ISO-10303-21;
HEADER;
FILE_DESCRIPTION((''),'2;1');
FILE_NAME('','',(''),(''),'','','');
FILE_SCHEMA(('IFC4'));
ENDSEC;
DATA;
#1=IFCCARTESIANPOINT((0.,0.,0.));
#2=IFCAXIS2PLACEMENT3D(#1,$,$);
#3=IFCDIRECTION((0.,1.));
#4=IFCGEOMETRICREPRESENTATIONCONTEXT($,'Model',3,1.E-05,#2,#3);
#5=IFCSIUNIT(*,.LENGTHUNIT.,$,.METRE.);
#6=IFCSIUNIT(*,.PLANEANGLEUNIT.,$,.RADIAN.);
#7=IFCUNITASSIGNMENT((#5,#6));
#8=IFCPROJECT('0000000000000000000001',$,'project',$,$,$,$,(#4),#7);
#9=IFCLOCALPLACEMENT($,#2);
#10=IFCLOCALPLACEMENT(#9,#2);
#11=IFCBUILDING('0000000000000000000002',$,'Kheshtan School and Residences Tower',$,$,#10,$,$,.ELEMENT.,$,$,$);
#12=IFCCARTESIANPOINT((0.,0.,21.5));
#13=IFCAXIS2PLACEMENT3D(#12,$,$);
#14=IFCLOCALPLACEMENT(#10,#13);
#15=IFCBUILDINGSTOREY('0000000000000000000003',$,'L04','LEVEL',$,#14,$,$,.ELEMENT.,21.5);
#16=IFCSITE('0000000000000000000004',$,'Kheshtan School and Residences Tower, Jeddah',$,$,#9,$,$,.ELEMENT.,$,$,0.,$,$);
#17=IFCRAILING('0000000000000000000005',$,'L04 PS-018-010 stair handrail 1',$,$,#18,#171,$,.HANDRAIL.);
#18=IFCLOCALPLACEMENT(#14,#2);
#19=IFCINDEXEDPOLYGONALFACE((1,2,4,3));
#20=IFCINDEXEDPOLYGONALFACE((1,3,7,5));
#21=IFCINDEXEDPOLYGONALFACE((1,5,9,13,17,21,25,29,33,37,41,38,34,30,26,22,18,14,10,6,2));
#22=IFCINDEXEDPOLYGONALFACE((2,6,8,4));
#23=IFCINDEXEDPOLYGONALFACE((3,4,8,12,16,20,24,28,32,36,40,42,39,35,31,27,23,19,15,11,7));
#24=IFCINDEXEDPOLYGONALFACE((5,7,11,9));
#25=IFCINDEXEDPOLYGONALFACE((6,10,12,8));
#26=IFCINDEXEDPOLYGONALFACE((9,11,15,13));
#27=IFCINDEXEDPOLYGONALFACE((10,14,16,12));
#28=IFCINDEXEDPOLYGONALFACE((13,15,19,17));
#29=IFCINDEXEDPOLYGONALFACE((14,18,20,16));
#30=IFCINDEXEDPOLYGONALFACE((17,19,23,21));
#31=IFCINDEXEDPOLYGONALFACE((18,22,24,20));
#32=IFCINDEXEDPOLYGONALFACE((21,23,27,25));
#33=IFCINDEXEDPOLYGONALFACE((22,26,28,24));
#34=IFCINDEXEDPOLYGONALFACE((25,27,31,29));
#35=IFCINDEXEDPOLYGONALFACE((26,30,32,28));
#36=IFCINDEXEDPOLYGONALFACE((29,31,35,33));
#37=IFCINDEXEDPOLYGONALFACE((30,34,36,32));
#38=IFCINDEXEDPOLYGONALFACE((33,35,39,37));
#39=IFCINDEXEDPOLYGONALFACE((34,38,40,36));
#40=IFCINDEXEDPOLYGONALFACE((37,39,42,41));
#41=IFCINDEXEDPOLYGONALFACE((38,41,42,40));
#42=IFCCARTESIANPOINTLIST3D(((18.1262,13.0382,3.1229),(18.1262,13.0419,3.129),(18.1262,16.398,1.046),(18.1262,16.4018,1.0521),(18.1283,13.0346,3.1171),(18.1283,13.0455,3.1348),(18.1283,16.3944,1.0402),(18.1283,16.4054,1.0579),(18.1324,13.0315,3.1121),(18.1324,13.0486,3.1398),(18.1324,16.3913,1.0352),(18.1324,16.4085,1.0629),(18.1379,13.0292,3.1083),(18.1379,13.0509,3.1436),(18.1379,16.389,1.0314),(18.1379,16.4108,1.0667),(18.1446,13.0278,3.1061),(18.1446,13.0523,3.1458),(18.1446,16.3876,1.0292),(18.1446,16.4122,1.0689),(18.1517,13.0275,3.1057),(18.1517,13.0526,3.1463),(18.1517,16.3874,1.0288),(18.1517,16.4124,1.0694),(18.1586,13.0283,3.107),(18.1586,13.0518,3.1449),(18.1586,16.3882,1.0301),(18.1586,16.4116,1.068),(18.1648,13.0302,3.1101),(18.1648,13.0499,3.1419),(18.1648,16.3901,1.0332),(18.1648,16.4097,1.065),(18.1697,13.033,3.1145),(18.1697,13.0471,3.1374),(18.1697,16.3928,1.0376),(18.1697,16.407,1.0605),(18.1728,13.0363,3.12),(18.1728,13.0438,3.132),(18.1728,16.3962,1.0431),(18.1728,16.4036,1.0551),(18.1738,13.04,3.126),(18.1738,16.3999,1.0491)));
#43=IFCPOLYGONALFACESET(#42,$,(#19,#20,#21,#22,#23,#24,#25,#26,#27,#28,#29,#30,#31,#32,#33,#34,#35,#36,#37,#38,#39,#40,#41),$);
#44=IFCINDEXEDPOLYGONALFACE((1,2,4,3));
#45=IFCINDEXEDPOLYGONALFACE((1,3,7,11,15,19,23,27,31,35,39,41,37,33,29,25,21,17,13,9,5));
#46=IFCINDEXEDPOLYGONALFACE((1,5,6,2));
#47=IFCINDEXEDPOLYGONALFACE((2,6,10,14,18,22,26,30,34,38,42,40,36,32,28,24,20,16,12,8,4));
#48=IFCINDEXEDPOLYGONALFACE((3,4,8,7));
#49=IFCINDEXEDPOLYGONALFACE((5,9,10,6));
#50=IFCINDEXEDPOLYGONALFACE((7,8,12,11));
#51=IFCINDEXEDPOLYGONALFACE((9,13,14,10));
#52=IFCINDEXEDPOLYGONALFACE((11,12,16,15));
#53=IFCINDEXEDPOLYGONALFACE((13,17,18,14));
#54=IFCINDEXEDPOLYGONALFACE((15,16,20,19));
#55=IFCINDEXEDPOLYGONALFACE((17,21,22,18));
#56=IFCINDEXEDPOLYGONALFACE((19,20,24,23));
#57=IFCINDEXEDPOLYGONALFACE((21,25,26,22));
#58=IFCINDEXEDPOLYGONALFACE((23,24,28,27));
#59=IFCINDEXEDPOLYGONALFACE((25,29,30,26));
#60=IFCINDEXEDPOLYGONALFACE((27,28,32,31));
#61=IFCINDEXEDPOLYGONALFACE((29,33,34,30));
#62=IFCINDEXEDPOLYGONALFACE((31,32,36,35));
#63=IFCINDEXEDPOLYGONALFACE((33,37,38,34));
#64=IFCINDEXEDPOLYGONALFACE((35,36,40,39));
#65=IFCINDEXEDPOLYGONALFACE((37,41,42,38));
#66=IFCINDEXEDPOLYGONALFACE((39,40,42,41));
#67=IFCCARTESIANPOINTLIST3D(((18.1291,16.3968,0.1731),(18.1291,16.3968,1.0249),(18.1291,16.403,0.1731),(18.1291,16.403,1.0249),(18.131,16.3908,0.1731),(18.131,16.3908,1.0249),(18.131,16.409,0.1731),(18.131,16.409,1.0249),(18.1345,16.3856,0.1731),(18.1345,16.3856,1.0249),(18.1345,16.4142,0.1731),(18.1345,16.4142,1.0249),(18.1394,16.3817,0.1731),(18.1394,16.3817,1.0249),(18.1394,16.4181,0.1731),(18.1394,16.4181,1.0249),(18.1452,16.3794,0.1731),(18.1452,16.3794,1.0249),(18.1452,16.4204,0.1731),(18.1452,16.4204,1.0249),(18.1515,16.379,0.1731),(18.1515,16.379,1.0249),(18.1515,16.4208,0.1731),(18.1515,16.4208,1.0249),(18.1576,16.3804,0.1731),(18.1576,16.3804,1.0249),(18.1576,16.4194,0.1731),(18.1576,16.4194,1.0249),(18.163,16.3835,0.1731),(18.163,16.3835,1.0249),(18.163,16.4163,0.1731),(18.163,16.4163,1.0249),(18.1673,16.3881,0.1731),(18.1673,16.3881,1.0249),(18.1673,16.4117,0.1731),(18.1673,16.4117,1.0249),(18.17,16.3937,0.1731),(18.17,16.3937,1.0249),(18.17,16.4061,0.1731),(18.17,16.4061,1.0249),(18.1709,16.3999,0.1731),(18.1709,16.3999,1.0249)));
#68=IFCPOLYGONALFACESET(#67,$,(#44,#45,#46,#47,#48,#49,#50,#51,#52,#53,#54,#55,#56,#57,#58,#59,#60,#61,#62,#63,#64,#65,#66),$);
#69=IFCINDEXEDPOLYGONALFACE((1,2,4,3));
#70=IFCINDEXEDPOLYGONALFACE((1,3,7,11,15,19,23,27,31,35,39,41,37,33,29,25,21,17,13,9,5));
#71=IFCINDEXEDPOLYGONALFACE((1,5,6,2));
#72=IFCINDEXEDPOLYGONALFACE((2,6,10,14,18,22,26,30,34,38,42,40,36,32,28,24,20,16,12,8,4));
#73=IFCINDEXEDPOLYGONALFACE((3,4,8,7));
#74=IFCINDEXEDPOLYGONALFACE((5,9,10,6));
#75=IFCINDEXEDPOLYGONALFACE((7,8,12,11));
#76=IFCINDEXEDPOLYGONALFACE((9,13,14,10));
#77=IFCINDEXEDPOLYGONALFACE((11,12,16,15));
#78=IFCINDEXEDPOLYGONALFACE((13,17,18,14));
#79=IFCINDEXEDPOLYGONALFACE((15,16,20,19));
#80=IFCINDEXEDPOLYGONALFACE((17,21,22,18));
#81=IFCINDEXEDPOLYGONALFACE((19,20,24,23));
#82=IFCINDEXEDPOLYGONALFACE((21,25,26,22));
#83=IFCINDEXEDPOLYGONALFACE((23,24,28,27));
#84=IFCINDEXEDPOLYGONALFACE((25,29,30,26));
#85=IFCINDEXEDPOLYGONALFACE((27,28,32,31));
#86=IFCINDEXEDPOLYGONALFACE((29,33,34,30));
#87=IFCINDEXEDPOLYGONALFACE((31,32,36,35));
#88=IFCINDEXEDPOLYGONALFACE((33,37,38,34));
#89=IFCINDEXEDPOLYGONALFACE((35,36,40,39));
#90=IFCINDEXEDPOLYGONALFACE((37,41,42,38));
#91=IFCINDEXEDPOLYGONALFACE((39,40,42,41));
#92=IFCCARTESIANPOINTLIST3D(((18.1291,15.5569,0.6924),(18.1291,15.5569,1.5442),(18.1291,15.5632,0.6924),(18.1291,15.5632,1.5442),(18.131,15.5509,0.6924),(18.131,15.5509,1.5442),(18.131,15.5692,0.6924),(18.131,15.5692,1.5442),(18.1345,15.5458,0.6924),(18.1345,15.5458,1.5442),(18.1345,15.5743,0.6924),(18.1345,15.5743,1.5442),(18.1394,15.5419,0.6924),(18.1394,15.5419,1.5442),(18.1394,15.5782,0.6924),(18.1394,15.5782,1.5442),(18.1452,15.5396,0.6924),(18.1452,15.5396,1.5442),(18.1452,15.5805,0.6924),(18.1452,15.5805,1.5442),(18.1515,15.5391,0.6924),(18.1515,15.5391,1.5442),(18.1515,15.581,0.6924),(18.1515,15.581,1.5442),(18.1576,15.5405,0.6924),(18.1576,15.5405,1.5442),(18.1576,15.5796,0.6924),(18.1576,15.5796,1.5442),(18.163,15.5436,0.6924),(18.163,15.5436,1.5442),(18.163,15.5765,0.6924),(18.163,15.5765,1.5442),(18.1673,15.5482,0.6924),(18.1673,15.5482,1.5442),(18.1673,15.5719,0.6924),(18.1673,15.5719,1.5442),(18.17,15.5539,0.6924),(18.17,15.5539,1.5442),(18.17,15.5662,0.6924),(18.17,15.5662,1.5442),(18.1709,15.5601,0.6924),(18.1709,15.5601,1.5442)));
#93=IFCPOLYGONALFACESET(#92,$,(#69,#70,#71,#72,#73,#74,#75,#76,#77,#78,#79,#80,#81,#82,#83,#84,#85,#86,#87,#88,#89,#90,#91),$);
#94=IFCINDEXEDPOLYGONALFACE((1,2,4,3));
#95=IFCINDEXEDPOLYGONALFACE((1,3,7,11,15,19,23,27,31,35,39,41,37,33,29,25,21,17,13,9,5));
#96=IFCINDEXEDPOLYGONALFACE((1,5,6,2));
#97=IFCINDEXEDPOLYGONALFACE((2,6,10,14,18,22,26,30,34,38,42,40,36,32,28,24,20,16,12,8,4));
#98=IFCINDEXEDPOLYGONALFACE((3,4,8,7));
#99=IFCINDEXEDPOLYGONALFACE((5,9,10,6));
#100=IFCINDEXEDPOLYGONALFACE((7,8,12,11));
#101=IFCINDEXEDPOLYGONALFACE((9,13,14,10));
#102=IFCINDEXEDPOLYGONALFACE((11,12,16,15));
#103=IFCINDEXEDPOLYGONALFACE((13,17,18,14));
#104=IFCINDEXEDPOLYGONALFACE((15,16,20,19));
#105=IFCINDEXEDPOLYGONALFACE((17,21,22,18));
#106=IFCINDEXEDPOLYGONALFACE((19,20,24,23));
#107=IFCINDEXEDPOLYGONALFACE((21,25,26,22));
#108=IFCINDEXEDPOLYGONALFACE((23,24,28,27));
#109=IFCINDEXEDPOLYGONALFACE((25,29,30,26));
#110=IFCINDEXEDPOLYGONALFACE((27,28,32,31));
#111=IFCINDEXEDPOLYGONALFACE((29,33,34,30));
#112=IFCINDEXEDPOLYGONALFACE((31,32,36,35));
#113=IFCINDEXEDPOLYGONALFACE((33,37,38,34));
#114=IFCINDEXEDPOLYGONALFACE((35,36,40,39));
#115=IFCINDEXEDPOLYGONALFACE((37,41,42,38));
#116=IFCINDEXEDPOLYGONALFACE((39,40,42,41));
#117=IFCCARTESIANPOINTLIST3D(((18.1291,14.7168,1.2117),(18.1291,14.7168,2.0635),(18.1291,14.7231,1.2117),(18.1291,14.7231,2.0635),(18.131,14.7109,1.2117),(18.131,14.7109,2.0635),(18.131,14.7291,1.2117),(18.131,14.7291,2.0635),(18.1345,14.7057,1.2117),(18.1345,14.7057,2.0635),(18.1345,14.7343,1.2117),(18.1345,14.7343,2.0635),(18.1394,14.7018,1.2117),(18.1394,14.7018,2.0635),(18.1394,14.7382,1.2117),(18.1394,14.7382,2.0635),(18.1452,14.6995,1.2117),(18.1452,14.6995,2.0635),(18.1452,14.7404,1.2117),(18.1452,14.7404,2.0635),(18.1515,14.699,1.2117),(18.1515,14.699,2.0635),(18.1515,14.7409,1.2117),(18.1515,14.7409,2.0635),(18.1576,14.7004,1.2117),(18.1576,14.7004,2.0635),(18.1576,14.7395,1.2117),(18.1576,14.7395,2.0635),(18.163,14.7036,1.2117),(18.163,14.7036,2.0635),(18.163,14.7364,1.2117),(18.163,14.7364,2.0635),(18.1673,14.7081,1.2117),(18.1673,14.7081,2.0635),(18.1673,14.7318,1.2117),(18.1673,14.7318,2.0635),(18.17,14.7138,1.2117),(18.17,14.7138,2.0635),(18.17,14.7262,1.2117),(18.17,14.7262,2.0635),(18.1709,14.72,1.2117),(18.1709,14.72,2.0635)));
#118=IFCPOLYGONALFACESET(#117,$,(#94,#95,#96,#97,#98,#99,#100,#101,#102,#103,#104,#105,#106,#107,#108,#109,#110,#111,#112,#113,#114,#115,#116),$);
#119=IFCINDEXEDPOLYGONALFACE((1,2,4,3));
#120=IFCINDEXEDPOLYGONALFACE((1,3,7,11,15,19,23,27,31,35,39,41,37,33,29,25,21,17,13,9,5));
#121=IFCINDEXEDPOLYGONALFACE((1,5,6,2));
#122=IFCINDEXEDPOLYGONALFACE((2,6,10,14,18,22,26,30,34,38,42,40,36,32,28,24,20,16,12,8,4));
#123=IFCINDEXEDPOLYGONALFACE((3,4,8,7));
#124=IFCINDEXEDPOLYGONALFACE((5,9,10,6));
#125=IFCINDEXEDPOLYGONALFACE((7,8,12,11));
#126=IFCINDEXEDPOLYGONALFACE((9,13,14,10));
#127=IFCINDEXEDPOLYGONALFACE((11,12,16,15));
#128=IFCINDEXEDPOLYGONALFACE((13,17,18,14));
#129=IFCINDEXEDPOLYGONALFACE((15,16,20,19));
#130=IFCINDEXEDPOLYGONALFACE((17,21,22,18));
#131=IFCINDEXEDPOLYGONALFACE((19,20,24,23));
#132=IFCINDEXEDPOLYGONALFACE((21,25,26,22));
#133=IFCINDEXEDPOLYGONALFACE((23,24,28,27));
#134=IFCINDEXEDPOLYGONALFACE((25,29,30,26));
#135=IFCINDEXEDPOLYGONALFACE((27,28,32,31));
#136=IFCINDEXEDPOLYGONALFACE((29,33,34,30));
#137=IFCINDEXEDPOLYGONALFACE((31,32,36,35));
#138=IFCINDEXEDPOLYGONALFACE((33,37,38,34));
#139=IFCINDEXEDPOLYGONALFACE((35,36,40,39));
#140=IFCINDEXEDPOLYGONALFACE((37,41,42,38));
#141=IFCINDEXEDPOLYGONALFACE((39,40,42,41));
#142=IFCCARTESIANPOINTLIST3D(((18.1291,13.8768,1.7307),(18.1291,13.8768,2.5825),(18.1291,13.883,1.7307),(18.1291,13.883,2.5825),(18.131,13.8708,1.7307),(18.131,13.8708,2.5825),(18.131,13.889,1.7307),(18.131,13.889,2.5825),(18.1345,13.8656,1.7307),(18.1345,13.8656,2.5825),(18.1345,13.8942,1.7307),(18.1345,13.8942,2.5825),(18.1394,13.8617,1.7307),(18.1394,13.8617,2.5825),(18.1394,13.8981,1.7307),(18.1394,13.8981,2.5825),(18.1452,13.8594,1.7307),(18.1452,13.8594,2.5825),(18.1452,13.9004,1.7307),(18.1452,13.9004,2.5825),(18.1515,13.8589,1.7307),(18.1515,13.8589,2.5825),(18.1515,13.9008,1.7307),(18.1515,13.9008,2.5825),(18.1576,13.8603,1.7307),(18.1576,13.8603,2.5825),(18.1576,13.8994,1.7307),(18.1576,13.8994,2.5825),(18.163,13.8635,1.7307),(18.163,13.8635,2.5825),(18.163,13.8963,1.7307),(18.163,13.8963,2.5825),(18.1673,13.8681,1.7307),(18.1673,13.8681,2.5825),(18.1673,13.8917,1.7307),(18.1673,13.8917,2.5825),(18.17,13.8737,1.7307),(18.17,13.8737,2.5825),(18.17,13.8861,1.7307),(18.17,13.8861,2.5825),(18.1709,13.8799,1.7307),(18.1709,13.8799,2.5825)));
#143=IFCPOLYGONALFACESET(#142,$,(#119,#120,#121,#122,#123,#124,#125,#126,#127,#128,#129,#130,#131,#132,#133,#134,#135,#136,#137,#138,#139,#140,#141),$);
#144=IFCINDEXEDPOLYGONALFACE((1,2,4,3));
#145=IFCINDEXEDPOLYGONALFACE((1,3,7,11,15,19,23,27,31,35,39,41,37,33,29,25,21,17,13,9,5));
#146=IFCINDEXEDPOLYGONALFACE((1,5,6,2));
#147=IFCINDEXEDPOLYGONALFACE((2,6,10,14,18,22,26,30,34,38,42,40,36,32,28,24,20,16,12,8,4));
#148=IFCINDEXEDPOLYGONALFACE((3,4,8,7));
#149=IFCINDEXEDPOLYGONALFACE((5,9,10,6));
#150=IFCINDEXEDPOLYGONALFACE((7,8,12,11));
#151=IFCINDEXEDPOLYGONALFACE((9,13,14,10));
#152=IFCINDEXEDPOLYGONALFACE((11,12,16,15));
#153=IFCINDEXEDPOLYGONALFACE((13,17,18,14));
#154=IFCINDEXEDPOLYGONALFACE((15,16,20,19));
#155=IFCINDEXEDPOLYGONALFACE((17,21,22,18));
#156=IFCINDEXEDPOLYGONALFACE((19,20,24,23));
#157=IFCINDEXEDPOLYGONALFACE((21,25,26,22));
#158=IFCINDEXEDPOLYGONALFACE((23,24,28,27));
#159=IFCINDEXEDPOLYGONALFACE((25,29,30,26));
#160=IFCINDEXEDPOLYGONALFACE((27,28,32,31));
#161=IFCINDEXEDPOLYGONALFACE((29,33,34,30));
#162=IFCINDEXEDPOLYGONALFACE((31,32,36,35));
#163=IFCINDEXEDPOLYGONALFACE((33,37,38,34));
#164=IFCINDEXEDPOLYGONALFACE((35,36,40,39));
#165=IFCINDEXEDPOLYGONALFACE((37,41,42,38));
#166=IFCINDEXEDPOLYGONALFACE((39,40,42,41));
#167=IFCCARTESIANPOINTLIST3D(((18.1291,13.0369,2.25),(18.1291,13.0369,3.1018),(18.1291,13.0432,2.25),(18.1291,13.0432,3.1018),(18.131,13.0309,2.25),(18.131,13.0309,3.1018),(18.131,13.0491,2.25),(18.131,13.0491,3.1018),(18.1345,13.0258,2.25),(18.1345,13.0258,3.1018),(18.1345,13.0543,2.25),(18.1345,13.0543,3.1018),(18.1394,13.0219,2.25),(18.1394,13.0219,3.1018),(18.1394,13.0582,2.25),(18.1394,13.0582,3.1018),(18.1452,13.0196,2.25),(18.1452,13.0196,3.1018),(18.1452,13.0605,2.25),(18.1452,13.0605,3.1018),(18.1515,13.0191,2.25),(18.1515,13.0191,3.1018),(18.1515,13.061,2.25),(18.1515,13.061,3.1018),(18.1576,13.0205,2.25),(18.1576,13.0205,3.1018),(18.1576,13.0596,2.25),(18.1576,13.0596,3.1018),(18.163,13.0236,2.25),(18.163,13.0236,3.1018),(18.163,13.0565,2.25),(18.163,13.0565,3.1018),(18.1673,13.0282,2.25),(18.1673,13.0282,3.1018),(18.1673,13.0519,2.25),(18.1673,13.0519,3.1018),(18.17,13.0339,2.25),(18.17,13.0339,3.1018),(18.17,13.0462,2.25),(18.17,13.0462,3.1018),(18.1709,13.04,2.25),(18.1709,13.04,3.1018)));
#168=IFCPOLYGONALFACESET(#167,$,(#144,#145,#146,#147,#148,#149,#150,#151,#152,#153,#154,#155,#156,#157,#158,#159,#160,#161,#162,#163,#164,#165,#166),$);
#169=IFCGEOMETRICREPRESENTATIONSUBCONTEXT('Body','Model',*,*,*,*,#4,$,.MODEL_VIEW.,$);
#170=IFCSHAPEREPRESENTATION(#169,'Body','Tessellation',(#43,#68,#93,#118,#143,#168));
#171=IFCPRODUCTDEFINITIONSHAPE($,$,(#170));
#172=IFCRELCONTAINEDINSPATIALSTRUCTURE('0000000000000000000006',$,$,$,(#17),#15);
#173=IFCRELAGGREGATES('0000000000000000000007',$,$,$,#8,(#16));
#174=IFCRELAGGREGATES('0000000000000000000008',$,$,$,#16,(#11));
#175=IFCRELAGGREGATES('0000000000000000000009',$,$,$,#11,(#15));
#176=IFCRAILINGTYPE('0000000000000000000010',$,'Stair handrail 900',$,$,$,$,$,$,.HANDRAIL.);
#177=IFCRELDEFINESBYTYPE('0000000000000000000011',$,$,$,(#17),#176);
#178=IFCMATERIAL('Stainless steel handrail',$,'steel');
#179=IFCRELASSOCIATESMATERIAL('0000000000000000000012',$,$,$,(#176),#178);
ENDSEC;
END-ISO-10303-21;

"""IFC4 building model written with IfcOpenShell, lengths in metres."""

from ifc_helpers import new_model, si_unit, direction, frame, origin, origin_2d, place, context, subcontext, project, spatial, circle, extrude, material, type_object, element, save


model = new_model("IFC4")

# Units and contexts
model_context = context("Model", 3, precision=1e-05, world=origin(), true_north=direction((0.0, 1.0)))
body_context = subcontext(model_context, "Body", "Model", "MODEL_VIEW")
ifc_project = project(units=[si_unit("LENGTHUNIT", "METRE"), si_unit("PLANEANGLEUNIT", "RADIAN")], contexts=[model_context])

# Site, building, storey
site_placement = place(None, origin())
site = spatial("IfcSite", under=ifc_project, at=site_placement, Name="Kheshtan School and Residences Tower, Jeddah", CompositionType="ELEMENT", RefElevation=0.0)
building_placement = place(site_placement, origin())
building = spatial("IfcBuilding", under=site, at=building_placement, Name="Kheshtan School and Residences Tower", CompositionType="ELEMENT")
storey_placement = place(building_placement, frame((0.0, 0.0, 21.5)))
storey = spatial("IfcBuildingStorey", under=building, at=storey_placement, Name="L04", Description="LEVEL", CompositionType="ELEMENT", Elevation=21.5)

# Railing
ifc_material_1 = material(Name="Stainless steel handrail", Category="steel")
railing_type_1 = type_object("IfcRailingType", Name="Stair handrail 900", PredefinedType="HANDRAIL", material=ifc_material_1)
railing_1_placement = place(storey_placement, frame((18.1499, 16.3999, 0.1731)))
element("IfcRailing", 1, at=railing_1_placement, inside=storey, type_object=railing_type_1, Name="L04 PS-018-010 stair handrail 1", PredefinedType="HANDRAIL", context=body_context, shape_type="SweptSolid", body=[
    extrude(circle(Radius=0.0239, at=origin_2d()), frame((0.0, 0.0, 0.876), z_axis=(0.0, -0.850606, 0.525803), x_axis=(1.0, 0.0, 0.0)), (0.0, 0.0, 1.0), 3.95),
    extrude(circle(Radius=0.021, at=origin_2d()), origin(), (0.0, 0.0, 1.0), 0.8518),
    extrude(circle(Radius=0.021, at=origin_2d()), frame((0.0, -0.8398, 0.5193)), (0.0, 0.0, 1.0), 0.8518),
    extrude(circle(Radius=0.021, at=origin_2d()), frame((0.0, -1.6799, 1.0386)), (0.0, 0.0, 1.0), 0.8518),
    extrude(circle(Radius=0.021, at=origin_2d()), frame((0.0, -2.52, 1.5576)), (0.0, 0.0, 1.0), 0.8518),
    extrude(circle(Radius=0.021, at=origin_2d()), frame((0.0, -3.3599, 2.0769)), (0.0, 0.0, 1.0), 0.8518),
])

save(model, "model.ifc")
